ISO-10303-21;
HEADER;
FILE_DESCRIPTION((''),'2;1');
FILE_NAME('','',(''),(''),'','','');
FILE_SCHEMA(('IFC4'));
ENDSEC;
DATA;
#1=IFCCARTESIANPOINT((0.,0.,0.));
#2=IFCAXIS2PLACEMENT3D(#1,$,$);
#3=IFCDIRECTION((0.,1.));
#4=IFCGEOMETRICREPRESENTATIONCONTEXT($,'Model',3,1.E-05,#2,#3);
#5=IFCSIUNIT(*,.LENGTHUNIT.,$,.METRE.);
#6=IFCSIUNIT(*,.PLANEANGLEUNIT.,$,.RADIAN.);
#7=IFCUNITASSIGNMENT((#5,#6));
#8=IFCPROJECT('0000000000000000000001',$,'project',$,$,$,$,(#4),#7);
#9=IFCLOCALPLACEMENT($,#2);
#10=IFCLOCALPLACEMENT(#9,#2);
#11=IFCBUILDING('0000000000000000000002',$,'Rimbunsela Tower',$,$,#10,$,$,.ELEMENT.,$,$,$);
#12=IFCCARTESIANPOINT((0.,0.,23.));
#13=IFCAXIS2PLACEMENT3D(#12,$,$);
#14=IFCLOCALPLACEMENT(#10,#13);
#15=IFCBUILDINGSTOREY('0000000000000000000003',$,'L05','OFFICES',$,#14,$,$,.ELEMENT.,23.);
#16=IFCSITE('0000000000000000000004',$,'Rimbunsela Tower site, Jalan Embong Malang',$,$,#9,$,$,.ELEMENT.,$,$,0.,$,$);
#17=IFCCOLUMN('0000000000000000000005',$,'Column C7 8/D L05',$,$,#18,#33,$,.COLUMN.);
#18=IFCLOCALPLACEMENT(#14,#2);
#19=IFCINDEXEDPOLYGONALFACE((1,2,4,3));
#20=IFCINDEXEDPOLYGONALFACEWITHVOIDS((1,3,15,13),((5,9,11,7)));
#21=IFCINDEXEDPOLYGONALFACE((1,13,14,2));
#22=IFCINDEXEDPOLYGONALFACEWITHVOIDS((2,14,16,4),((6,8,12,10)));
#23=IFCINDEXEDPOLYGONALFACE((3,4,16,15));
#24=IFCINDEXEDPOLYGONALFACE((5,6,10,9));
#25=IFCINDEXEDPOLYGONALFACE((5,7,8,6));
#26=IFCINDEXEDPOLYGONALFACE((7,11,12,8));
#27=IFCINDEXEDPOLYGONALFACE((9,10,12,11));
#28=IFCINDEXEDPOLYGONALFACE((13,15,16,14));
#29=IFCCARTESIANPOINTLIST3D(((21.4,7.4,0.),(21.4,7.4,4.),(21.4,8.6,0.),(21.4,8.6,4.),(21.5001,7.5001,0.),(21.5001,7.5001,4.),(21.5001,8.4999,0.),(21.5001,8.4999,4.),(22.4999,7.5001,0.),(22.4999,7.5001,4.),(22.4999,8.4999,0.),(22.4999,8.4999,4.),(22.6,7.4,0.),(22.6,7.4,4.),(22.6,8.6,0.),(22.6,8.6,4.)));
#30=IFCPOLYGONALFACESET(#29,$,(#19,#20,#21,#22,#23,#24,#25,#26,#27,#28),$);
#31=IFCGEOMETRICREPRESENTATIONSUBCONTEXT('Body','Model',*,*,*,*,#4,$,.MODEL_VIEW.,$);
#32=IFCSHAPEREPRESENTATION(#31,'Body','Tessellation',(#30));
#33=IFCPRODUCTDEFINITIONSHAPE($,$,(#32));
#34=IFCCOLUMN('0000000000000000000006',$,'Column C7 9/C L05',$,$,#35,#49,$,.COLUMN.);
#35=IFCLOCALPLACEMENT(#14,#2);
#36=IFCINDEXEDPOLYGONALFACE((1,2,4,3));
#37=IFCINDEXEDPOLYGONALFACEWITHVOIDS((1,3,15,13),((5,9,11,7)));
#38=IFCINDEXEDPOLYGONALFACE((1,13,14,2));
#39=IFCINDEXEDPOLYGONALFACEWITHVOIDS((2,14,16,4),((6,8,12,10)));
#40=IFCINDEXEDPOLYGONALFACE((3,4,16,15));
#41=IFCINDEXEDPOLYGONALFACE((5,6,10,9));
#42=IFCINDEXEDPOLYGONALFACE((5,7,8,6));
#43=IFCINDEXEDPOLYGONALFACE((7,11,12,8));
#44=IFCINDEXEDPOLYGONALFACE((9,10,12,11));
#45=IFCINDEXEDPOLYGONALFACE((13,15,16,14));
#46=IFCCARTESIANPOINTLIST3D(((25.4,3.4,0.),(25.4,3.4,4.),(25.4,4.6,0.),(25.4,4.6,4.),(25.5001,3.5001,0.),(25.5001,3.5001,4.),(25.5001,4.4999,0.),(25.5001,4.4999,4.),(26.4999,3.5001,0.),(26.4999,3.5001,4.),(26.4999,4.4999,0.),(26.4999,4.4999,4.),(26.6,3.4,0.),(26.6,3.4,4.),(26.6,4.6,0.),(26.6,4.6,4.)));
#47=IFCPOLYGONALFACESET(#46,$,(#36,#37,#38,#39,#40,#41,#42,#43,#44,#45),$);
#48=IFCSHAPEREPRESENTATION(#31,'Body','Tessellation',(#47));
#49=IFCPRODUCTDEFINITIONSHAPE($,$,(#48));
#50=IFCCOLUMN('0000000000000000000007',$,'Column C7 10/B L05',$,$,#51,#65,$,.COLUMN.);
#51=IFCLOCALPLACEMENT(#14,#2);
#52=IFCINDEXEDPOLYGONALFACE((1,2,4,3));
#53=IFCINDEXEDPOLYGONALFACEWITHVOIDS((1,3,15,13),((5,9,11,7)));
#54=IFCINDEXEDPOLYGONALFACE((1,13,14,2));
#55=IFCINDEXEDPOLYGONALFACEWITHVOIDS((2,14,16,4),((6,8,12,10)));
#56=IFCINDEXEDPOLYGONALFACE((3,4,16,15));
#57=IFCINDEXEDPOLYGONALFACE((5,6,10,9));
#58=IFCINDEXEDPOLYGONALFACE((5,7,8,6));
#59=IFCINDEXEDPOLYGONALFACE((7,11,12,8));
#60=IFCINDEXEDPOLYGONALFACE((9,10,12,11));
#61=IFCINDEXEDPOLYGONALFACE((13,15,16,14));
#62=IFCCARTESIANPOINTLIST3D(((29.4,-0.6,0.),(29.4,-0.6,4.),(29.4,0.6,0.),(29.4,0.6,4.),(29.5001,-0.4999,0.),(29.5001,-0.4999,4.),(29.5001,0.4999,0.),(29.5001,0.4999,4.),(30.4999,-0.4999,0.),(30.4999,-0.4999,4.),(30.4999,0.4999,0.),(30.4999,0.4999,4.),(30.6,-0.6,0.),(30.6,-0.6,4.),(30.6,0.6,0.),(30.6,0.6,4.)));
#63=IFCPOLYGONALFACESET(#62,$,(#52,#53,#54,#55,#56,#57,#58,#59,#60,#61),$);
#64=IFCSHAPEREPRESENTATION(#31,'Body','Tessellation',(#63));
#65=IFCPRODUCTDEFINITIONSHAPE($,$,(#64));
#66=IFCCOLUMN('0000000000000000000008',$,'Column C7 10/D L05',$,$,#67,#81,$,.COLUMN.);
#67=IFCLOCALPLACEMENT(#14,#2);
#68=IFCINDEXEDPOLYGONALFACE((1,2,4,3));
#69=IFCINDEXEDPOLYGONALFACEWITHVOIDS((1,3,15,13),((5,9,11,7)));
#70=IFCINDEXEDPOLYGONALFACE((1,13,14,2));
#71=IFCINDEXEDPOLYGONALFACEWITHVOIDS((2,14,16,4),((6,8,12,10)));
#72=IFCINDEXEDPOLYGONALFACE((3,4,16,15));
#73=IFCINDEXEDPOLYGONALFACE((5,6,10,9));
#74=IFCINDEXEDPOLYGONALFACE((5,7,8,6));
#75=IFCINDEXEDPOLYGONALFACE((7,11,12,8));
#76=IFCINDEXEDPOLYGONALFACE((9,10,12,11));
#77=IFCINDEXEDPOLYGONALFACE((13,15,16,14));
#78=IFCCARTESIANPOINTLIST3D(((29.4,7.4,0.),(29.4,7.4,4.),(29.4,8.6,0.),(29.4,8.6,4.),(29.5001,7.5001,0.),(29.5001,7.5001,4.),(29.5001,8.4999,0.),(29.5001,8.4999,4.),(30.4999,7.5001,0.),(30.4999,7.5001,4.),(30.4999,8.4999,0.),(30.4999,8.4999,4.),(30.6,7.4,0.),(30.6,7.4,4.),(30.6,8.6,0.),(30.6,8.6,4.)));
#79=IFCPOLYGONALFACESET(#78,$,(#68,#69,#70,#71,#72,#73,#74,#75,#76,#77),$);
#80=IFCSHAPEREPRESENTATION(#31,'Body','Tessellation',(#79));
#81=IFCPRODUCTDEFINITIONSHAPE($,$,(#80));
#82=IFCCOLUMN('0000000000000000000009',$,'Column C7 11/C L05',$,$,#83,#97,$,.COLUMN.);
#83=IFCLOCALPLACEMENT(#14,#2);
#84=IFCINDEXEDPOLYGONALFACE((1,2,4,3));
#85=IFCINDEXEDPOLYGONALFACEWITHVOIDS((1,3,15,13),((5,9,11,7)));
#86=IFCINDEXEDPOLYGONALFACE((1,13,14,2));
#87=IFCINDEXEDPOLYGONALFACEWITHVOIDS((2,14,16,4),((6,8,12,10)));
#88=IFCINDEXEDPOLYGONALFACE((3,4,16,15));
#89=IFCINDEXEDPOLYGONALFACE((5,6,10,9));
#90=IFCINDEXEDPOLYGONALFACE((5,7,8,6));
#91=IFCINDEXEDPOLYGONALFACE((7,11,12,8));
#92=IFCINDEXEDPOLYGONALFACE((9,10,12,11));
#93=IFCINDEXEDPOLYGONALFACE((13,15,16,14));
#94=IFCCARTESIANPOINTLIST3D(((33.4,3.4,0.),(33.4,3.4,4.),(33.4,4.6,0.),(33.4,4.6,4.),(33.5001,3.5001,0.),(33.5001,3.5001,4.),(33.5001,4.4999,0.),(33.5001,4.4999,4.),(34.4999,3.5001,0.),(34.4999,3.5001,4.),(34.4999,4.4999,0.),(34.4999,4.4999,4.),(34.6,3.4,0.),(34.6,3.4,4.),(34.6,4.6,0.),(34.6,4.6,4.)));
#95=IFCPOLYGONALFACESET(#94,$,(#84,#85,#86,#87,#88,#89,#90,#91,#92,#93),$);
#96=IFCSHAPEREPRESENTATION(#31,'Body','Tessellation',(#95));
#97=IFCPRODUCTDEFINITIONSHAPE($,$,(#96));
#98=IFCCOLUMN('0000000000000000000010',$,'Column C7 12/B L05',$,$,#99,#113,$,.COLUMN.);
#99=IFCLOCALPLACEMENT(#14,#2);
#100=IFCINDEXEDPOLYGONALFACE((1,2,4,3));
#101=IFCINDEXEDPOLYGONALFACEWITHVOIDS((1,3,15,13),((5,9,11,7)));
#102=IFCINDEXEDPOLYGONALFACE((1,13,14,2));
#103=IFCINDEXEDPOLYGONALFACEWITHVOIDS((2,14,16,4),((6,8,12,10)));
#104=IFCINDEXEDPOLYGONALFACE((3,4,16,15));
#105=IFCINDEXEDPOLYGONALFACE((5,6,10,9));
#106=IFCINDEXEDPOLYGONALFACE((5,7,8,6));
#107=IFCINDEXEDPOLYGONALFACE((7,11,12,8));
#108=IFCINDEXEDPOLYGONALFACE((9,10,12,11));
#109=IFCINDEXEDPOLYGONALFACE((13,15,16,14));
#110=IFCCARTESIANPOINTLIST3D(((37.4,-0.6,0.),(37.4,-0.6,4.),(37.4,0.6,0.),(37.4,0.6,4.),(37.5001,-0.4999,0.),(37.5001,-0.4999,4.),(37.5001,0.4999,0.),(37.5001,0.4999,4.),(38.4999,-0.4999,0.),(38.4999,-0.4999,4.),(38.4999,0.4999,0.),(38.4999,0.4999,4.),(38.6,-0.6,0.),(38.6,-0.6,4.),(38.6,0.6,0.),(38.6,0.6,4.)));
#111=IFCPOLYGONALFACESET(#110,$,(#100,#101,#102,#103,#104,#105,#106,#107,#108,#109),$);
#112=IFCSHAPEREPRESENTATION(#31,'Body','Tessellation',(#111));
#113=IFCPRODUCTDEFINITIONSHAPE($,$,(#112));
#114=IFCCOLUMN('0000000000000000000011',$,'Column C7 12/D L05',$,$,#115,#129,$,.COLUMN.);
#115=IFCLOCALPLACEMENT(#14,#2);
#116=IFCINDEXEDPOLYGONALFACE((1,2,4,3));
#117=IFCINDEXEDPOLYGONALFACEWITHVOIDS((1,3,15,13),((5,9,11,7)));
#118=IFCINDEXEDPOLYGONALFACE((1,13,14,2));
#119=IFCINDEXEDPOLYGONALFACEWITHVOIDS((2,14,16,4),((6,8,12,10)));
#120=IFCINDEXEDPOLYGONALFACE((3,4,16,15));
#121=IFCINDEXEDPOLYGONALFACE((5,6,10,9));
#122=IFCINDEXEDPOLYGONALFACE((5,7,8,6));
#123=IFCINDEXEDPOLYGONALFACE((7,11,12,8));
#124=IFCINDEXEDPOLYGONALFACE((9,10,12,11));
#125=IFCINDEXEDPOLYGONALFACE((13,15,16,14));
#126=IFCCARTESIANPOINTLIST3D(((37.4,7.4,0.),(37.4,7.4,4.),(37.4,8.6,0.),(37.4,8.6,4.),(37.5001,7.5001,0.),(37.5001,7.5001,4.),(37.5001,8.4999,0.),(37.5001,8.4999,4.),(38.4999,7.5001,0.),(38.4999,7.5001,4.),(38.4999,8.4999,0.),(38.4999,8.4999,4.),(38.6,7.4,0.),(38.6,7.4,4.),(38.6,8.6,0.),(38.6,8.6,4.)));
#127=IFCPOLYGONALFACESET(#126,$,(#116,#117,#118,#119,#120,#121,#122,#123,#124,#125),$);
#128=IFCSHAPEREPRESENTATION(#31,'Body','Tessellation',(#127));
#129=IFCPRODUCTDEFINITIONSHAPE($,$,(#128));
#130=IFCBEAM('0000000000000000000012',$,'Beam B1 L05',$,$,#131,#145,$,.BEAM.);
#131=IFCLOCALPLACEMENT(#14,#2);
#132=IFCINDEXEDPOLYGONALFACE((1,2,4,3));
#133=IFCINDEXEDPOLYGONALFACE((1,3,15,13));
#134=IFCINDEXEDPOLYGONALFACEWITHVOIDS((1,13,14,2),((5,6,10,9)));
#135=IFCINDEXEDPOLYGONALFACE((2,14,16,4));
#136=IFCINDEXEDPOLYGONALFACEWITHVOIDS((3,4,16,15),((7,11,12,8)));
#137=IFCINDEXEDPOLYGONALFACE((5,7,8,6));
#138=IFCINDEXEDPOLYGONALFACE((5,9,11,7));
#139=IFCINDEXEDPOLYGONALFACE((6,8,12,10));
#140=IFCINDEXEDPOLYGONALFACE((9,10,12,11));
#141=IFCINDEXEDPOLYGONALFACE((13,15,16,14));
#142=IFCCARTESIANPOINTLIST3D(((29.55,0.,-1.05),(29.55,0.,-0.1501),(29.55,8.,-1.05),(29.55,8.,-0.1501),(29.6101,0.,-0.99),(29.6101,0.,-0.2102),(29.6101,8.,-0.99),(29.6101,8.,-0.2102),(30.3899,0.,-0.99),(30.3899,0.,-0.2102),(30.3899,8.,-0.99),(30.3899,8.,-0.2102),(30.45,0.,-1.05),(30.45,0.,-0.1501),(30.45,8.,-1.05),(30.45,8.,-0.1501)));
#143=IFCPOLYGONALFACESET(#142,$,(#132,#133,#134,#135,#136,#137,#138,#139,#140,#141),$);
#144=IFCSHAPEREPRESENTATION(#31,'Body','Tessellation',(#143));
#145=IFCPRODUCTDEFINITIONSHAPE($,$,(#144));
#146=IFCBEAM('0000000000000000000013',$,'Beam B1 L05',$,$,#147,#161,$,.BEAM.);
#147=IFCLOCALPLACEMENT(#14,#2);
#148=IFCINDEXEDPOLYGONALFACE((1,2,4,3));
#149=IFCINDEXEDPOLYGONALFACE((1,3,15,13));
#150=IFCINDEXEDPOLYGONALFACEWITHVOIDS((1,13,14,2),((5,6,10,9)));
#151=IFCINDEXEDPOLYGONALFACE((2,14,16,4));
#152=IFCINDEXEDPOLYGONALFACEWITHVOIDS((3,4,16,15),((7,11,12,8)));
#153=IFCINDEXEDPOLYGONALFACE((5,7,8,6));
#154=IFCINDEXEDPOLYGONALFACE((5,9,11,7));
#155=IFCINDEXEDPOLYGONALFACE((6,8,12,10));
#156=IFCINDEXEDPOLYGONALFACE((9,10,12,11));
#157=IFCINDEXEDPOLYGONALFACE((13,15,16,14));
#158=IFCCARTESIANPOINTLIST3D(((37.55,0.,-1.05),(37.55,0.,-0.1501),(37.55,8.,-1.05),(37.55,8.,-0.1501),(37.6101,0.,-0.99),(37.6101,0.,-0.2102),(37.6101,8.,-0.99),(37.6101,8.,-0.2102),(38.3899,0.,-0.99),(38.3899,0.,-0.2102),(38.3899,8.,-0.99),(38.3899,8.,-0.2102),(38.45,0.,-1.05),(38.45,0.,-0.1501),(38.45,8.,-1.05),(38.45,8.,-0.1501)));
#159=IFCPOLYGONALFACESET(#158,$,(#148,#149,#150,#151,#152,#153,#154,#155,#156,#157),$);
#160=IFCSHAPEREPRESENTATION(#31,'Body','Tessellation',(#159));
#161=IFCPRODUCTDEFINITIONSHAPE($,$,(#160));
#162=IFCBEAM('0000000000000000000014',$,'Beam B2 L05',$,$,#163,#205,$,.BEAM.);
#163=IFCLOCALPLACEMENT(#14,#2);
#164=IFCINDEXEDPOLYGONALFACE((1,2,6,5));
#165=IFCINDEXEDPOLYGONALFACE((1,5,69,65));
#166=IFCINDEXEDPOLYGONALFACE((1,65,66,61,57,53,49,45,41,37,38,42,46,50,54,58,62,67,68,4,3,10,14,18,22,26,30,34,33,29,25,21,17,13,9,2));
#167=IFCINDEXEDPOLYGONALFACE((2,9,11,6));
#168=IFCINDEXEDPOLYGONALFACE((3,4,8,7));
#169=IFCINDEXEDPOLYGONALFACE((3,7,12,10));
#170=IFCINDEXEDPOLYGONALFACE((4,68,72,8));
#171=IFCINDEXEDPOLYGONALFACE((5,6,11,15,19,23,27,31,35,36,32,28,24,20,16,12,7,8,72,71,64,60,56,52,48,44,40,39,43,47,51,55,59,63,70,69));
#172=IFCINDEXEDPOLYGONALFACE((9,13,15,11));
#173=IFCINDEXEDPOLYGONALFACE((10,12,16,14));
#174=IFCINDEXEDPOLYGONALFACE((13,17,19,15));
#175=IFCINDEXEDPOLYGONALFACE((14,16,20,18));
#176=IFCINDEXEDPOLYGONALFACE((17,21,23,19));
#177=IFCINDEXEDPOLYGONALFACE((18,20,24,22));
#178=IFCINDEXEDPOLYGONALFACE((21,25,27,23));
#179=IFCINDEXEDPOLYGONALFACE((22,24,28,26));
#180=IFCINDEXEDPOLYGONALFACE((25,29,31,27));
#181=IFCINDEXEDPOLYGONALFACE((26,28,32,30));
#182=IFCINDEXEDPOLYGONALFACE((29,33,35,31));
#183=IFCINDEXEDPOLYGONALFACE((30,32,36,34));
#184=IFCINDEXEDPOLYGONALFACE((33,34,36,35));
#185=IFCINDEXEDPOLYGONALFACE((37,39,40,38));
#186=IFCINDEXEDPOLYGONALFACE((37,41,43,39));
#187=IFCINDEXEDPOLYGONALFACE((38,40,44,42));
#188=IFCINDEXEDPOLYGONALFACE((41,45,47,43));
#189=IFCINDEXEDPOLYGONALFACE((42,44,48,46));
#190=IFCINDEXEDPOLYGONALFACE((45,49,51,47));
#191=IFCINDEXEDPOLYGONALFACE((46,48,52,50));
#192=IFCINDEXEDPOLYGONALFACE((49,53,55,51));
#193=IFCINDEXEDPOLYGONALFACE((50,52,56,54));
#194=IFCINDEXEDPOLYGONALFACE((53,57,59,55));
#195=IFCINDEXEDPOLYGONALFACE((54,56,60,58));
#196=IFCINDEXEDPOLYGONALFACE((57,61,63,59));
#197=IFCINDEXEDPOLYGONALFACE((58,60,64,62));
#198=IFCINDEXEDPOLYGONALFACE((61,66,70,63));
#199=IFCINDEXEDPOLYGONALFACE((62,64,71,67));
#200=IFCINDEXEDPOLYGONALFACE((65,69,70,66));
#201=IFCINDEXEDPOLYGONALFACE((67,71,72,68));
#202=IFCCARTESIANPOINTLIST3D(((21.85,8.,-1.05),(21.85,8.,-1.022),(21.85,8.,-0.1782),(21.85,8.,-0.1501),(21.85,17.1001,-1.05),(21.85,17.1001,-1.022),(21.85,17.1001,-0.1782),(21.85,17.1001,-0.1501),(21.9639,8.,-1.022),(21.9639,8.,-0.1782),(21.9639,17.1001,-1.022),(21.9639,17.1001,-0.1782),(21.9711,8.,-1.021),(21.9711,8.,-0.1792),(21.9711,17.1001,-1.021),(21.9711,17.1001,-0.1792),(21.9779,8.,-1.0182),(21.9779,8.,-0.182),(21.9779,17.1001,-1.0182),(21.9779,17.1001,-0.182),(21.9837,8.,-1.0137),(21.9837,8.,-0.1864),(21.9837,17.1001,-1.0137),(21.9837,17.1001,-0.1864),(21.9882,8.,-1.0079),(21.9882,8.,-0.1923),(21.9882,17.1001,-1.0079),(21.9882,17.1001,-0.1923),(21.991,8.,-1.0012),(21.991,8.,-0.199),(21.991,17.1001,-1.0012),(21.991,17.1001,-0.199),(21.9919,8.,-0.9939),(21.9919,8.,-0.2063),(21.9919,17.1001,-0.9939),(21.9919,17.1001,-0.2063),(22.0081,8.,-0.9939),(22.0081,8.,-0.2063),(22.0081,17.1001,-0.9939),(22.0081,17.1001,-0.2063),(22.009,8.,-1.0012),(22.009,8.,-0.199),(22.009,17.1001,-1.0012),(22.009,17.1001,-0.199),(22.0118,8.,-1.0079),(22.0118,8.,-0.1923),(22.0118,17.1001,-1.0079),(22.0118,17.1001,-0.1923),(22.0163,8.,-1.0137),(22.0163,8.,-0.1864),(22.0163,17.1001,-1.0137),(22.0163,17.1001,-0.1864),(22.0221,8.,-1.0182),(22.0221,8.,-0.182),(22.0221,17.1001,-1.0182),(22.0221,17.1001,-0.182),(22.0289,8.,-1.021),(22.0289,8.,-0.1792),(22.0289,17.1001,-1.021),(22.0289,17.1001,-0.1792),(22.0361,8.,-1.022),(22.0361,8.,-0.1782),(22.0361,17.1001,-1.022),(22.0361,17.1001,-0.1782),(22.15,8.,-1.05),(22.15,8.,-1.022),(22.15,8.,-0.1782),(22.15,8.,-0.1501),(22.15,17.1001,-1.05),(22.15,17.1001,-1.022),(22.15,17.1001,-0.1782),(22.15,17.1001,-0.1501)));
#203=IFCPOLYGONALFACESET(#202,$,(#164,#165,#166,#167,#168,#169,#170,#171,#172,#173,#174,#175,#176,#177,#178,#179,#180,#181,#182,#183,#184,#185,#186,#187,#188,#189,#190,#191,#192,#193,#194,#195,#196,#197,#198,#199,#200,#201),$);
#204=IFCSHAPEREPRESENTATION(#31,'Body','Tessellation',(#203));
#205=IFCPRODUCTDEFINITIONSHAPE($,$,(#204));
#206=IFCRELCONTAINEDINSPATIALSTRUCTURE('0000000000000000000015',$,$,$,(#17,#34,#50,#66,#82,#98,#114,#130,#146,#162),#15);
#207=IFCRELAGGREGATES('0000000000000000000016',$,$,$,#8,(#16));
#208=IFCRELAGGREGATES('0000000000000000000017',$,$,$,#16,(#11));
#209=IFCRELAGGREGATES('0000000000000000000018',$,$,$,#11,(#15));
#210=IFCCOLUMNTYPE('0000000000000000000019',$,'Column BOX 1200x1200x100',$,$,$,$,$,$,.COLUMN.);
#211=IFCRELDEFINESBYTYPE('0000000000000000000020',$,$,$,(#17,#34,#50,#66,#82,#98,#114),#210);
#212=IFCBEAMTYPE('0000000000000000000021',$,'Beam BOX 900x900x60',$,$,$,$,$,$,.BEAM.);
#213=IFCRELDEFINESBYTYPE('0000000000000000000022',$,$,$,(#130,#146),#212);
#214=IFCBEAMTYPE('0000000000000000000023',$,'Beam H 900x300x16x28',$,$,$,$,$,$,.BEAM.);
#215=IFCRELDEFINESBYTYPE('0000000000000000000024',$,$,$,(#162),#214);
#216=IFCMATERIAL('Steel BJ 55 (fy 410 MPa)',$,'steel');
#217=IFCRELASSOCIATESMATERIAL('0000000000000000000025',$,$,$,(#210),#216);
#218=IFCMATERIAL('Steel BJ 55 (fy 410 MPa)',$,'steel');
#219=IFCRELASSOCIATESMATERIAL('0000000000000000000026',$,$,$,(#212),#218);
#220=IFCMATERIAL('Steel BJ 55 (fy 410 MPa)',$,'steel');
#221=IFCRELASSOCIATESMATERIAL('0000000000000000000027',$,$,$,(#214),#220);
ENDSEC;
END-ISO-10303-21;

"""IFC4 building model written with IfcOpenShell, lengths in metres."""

from ifc_helpers import new_model, si_unit, direction, frame, origin, origin_2d, place, context, subcontext, project, spatial, hollow_rectangle, i_section, extrude, material, material_profile, profile_set, type_object, element, save


model = new_model("IFC4")

# Units and contexts
model_context = context("Model", 3, precision=1e-05, world=origin(), true_north=direction((0.0, 1.0)))
body_context = subcontext(model_context, "Body", "Model", "MODEL_VIEW")
ifc_project = project(units=[si_unit("LENGTHUNIT", "METRE"), si_unit("PLANEANGLEUNIT", "RADIAN")], contexts=[model_context])

# Site, building, storey
site_placement = place(None, origin())
site = spatial("IfcSite", under=ifc_project, at=site_placement, Name="Rimbunsela Tower site, Jalan Embong Malang", CompositionType="ELEMENT", RefElevation=0.0)
building_placement = place(site_placement, origin())
building = spatial("IfcBuilding", under=site, at=building_placement, Name="Rimbunsela Tower", CompositionType="ELEMENT")
storey_placement = place(building_placement, frame((0.0, 0.0, 23.0)))
storey = spatial("IfcBuildingStorey", under=building, at=storey_placement, Name="L05", Description="OFFICES", CompositionType="ELEMENT", Elevation=23.0)

# Columns
ifc_material_1 = material(Name="Steel BJ 55 (fy 410 MPa)", Category="steel")
ifc_material_profile_1 = material_profile(ifc_material_1, hollow_rectangle(XDim=1.2, YDim=1.2, WallThickness=0.1001, at=origin_2d()), Name="BOX 1200x1200x100")
ifc_profile_set_1 = profile_set([ifc_material_profile_1], Name="Steel BJ 55 (fy 410 MPa)")
column_type = type_object("IfcColumnType", Name="Column BOX 1200x1200x100", PredefinedType="COLUMN", material=ifc_profile_set_1)
for number, where, z_axis, x_axis, name in (
    (1, (22.0, 8.0, 0.0), (0.0, 0.0, 1.0), (1.0, 0.0, 0.0), "Column C7 8/D L05"),
    (2, (26.0, 4.0, 0.0), (0.0, 0.0, 1.0), (1.0, 0.0, 0.0), "Column C7 9/C L05"),
    (3, (30.0, 0.0, 0.0), (0.0, 0.0, 1.0), (1.0, 0.0, 0.0), "Column C7 10/B L05"),
    (4, (30.0, 8.0, 0.0), (0.0, 0.0, 1.0), (1.0, 0.0, 0.0), "Column C7 10/D L05"),
    (5, (34.0, 4.0, 0.0), (0.0, 0.0, 1.0), (1.0, 0.0, 0.0), "Column C7 11/C L05"),
    (6, (38.0, 0.0, 0.0), (0.0, 0.0, 1.0), (1.0, 0.0, 0.0), "Column C7 12/B L05"),
    (7, (38.0, 8.0, 0.0), (0.0, 0.0, 1.0), (1.0, 0.0, 0.0), "Column C7 12/D L05"),
):
    element("IfcColumn", number, at=place(storey_placement, frame(where, z_axis=z_axis, x_axis=x_axis)), inside=storey, type_object=column_type, Name=name, PredefinedType="COLUMN", context=body_context, shape_type="SweptSolid", body=[
        extrude(hollow_rectangle(XDim=1.2, YDim=1.2, WallThickness=0.1001, at=origin_2d()), origin(), (0.0, 0.0, 1.0), 4.0),
    ])

# Beams
ifc_material_2 = material(Name="Steel BJ 55 (fy 410 MPa)", Category="steel")
ifc_material_profile_2 = material_profile(ifc_material_2, hollow_rectangle(XDim=0.8999, YDim=0.8999, WallThickness=0.0601, at=origin_2d()), Name="BOX 900x900x60")
ifc_profile_set_2 = profile_set([ifc_material_profile_2], Name="Steel BJ 55 (fy 410 MPa)")
beam_type_1 = type_object("IfcBeamType", Name="Beam BOX 900x900x60", PredefinedType="BEAM", material=ifc_profile_set_2)
for number, where, z_axis, x_axis, name in (
    (8, (30.0, 0.0, -0.6001), (0.0, 1.0, 0.0), (-1.0, 0.0, 0.0), "Beam B1 L05"),
    (9, (38.0, 0.0, -0.6001), (0.0, 1.0, 0.0), (-1.0, 0.0, 0.0), "Beam B1 L05"),
):
    element("IfcBeam", number, at=place(storey_placement, frame(where, z_axis=z_axis, x_axis=x_axis)), inside=storey, type_object=beam_type_1, Name=name, PredefinedType="BEAM", context=body_context, shape_type="SweptSolid", body=[
        extrude(hollow_rectangle(XDim=0.8999, YDim=0.8999, WallThickness=0.0601, at=origin_2d()), origin(), (0.0, 0.0, 1.0), 8.0),
    ])
ifc_material_3 = material(Name="Steel BJ 55 (fy 410 MPa)", Category="steel")
ifc_material_profile_3 = material_profile(ifc_material_3, i_section(OverallWidth=0.3, OverallDepth=0.8999, WebThickness=0.0161, FlangeThickness=0.0281, FilletRadius=0.0281, at=origin_2d()), Name="H 900x300x16x28")
ifc_profile_set_3 = profile_set([ifc_material_profile_3], Name="Steel BJ 55 (fy 410 MPa)")
beam_type_2 = type_object("IfcBeamType", Name="Beam H 900x300x16x28", PredefinedType="BEAM", material=ifc_profile_set_3)
beam_1_placement = place(storey_placement, frame((22.0, 8.0, -0.6001), z_axis=(0.0, 1.0, 0.0), x_axis=(-1.0, 0.0, 0.0)))
element("IfcBeam", 10, at=beam_1_placement, inside=storey, type_object=beam_type_2, Name="Beam B2 L05", PredefinedType="BEAM", context=body_context, shape_type="SweptSolid", body=[
    extrude(i_section(OverallWidth=0.3, OverallDepth=0.8999, WebThickness=0.0161, FlangeThickness=0.0281, FilletRadius=0.0281, at=origin_2d()), origin(), (0.0, 0.0, 1.0), 9.1001),
])

save(model, "model.ifc")
